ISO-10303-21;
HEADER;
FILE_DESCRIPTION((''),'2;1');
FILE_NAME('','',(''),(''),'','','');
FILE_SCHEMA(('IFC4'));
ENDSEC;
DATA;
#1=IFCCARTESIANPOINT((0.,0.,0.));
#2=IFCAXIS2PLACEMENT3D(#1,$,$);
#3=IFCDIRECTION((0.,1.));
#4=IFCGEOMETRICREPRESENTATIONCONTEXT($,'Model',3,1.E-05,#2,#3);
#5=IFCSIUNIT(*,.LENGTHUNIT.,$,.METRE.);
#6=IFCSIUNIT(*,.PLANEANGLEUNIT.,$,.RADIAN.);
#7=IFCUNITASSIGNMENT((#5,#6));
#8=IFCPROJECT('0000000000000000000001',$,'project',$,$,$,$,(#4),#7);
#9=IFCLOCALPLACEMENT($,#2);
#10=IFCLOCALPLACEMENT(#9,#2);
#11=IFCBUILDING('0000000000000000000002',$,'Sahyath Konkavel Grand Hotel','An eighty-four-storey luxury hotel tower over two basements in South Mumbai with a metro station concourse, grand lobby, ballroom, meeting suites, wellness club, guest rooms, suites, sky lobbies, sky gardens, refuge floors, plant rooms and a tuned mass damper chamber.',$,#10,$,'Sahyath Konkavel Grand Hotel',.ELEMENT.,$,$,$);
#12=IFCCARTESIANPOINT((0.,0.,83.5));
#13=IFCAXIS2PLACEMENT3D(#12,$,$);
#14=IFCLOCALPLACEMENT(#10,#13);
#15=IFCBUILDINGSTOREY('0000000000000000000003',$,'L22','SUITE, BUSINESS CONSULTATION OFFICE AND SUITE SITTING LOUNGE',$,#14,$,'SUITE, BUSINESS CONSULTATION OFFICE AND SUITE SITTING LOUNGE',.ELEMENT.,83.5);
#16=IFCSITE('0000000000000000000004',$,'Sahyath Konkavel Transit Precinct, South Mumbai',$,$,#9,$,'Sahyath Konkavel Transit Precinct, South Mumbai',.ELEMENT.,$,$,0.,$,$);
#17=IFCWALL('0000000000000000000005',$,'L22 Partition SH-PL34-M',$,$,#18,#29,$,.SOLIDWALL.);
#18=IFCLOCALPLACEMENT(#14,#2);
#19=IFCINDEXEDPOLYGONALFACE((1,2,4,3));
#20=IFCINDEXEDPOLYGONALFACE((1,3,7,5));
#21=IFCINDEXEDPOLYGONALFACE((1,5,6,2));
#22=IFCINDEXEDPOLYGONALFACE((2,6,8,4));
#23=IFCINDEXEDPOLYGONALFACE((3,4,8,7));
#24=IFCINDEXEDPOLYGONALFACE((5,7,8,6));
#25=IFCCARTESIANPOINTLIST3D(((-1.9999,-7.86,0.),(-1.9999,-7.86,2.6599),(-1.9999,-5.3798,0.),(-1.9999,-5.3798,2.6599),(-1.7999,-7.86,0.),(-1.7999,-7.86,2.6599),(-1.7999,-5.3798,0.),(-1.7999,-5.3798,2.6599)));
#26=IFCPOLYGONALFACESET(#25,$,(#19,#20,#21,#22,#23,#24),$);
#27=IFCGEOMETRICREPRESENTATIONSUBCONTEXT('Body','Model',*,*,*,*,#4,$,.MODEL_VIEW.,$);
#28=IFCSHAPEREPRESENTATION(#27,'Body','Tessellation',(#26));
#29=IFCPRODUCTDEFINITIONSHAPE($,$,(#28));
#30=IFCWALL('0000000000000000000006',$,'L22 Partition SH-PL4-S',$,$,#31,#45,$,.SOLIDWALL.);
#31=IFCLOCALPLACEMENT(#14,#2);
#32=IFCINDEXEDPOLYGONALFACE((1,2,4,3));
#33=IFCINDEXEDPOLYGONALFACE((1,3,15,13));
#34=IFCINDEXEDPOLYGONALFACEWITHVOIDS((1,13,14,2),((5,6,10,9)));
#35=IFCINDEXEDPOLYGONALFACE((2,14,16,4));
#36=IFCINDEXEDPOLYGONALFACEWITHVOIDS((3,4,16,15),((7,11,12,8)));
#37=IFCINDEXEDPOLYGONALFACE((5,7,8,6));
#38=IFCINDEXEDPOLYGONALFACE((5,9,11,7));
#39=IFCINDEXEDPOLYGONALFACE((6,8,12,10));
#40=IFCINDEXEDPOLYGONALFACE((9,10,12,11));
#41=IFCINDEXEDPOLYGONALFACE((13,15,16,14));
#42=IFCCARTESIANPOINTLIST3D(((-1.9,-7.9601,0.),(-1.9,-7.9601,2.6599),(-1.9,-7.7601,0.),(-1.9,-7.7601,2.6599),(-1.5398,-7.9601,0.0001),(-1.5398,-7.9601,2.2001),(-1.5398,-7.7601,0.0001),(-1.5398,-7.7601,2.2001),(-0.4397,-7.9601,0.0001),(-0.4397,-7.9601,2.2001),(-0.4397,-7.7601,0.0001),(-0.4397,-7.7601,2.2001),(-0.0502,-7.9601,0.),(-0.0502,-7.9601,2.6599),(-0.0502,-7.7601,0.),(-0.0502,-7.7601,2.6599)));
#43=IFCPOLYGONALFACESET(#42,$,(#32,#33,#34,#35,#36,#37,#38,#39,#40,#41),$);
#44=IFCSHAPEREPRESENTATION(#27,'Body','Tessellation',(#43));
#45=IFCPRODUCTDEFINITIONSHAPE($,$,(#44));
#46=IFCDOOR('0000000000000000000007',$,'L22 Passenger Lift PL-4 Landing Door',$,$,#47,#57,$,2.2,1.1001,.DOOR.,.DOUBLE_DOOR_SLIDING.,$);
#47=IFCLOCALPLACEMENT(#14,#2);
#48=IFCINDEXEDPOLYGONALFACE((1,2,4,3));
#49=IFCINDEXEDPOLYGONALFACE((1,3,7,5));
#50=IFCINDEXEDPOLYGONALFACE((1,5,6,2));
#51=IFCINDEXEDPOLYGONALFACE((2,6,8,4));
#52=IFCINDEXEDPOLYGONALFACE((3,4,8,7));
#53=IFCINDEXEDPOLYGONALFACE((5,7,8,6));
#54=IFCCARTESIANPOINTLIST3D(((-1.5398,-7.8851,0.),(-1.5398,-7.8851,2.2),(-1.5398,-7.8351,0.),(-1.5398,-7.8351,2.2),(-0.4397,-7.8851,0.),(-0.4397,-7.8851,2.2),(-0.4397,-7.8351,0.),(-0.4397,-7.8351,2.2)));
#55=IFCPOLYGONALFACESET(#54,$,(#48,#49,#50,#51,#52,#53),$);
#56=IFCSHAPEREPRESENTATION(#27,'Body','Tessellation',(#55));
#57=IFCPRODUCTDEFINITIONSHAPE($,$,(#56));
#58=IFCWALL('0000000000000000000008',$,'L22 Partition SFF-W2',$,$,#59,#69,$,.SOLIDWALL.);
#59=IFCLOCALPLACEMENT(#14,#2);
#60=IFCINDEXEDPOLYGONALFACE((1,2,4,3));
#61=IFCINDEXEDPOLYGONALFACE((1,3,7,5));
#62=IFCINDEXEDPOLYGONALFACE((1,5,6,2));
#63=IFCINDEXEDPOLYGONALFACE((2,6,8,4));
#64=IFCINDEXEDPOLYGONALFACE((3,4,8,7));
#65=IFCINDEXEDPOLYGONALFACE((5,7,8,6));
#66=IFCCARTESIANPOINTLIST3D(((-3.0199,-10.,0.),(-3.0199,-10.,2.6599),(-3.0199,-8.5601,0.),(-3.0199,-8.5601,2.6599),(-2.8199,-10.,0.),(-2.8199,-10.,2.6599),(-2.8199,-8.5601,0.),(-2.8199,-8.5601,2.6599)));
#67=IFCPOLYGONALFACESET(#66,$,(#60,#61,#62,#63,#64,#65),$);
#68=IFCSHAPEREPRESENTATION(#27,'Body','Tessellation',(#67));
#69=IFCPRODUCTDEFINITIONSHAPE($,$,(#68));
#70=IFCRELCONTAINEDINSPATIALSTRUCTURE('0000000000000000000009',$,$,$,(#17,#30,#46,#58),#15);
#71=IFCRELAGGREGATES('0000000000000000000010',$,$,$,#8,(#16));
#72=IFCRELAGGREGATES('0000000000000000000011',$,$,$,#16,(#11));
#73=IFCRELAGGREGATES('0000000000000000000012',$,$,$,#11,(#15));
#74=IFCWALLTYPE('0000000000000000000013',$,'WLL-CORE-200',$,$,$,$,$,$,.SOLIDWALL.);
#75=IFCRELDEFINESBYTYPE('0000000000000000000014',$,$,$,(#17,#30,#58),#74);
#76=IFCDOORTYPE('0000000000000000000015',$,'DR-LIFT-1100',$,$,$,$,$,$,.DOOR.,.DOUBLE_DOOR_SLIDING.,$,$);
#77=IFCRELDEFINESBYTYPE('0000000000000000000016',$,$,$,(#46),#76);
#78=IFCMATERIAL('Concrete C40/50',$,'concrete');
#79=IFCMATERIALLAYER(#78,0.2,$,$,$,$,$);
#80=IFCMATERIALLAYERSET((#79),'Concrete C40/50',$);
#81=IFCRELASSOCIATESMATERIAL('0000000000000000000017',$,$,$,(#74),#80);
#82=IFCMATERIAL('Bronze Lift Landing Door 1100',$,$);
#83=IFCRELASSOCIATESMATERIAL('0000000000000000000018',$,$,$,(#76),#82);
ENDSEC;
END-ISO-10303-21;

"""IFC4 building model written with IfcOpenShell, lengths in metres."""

from ifc_helpers import new_model, si_unit, direction, frame, frame_2d, origin, origin_2d, place, context, subcontext, project, spatial, rectangle, extrude, source, transform, mapped, material, layer, layer_set, type_object, element, fill, save


model = new_model("IFC4")

# Units and contexts
model_context = context("Model", 3, precision=1e-05, world=origin(), true_north=direction((0.0, 1.0)))
body_context = subcontext(model_context, "Body", "Model", "MODEL_VIEW")
ifc_project = project(units=[si_unit("LENGTHUNIT", "METRE"), si_unit("PLANEANGLEUNIT", "RADIAN")], contexts=[model_context])

# Site, building, storey
site_placement = place(None, origin())
site = spatial("IfcSite", under=ifc_project, at=site_placement, Name="Sahyath Konkavel Transit Precinct, South Mumbai", LongName="Sahyath Konkavel Transit Precinct, South Mumbai", CompositionType="ELEMENT", RefElevation=0.0)
building_placement = place(site_placement, origin())
building = spatial("IfcBuilding", under=site, at=building_placement, Name="Sahyath Konkavel Grand Hotel", Description="An eighty-four-storey luxury hotel tower over two basements in South Mumbai with a metro station concourse, grand lobby, ballroom, meeting suites, wellness club, guest rooms, suites, sky lobbies, sky gardens, refuge floors, plant rooms and a tuned mass damper chamber.", LongName="Sahyath Konkavel Grand Hotel", CompositionType="ELEMENT")
storey_placement = place(building_placement, frame((0.0, 0.0, 83.5)))
storey = spatial("IfcBuildingStorey", under=building, at=storey_placement, Name="L22", Description="SUITE, BUSINESS CONSULTATION OFFICE AND SUITE SITTING LOUNGE", LongName="SUITE, BUSINESS CONSULTATION OFFICE AND SUITE SITTING LOUNGE", CompositionType="ELEMENT", Elevation=83.5)

# Shared definitions
ifc_material_1 = material(Name="Concrete C40/50", Category="concrete")
ifc_layer_1 = layer(ifc_material_1, 0.2)
ifc_layer_set_1 = layer_set([ifc_layer_1], Name="Concrete C40/50")
wall_type_1 = type_object("IfcWallType", Name="WLL-CORE-200", PredefinedType="SOLIDWALL", material=ifc_layer_set_1)

# Shared definitions
ifc_material_2 = material(Name="Bronze Lift Landing Door 1100")
door_type_1 = type_object("IfcDoorType", Name="DR-LIFT-1100", OperationType="DOUBLE_DOOR_SLIDING", PredefinedType="DOOR", material=ifc_material_2)
shared_shape_1 = source(origin(), body_context, "Body", "SweptSolid", [
    extrude(rectangle(XDim=1.1001, YDim=0.05, at=origin_2d()), origin(), (0.0, 0.0, 1.0), 2.2),
])

# Wall
wall_1_placement = place(storey_placement, frame((-1.8999, -7.8601, 0.0), z_axis=(0.0, 0.0, 1.0), x_axis=(0.0, 1.0, 0.0)))
element("IfcWall", 1, at=wall_1_placement, inside=storey, type_object=wall_type_1, Name="L22 Partition SH-PL34-M", PredefinedType="SOLIDWALL", context=body_context, shape_type="SweptSolid", body=[
    extrude(rectangle(XDim=2.4802, YDim=0.2, at=frame_2d((1.2402, 0.0))), origin(), (0.0, 0.0, 1.0), 2.6599),
])

# Wall, opening, door
wall_2_placement = place(storey_placement, frame((-1.8999, -7.8601, 0.0), z_axis=(0.0, 0.0, 1.0), x_axis=(1.0, 0.0, 0.0)))
wall_2 = element("IfcWall", 2, at=wall_2_placement, inside=storey, type_object=wall_type_1, Name="L22 Partition SH-PL4-S", PredefinedType="SOLIDWALL", context=body_context, shape_type="SweptSolid", body=[
    extrude(rectangle(XDim=1.8499, YDim=0.2, at=frame_2d((0.9248, 0.0))), origin(), (0.0, 0.0, 1.0), 2.6599),
])
opening_1_placement = place(wall_2_placement, frame((0.3601, 0.0, 0.0)))
opening_1 = element("IfcOpeningElement", 3, at=opening_1_placement, cuts=wall_2, PredefinedType="OPENING", context=body_context, shape_type="SweptSolid", body=[
    extrude(rectangle(XDim=1.1001, YDim=2.2, at=frame_2d((0.55, 1.1001))), frame((0.0, 0.1099, 0.0), z_axis=(0.0, -1.0, 0.0), x_axis=(1.0, 0.0, 0.0)), (0.0, 0.0, 1.0), 0.22),
])
door_1_placement = place(opening_1_placement, frame((0.55, 0.0, 0.0)))
door_1 = element("IfcDoor", 4, at=door_1_placement, inside=storey, type_object=door_type_1, Name="L22 Passenger Lift PL-4 Landing Door", OperationType="DOUBLE_DOOR_SLIDING", OverallHeight=2.2, OverallWidth=1.1001, PredefinedType="DOOR", context=body_context, shape_type="MappedRepresentation", body=[
    mapped(shared_shape_1, transform((0.0, 0.0, 0.0), scale=1.0)),
])
fill(opening_1, door_1)

# Wall
wall_3_placement = place(storey_placement, frame((-2.9199, -10.0, 0.0), z_axis=(0.0, 0.0, 1.0), x_axis=(0.0, 1.0, 0.0)))
element("IfcWall", 5, at=wall_3_placement, inside=storey, type_object=wall_type_1, Name="L22 Partition SFF-W2", PredefinedType="SOLIDWALL", context=body_context, shape_type="SweptSolid", body=[
    extrude(rectangle(XDim=1.4399, YDim=0.2, at=frame_2d((0.72, 0.0))), origin(), (0.0, 0.0, 1.0), 2.6599),
])

save(model, "model.ifc")
